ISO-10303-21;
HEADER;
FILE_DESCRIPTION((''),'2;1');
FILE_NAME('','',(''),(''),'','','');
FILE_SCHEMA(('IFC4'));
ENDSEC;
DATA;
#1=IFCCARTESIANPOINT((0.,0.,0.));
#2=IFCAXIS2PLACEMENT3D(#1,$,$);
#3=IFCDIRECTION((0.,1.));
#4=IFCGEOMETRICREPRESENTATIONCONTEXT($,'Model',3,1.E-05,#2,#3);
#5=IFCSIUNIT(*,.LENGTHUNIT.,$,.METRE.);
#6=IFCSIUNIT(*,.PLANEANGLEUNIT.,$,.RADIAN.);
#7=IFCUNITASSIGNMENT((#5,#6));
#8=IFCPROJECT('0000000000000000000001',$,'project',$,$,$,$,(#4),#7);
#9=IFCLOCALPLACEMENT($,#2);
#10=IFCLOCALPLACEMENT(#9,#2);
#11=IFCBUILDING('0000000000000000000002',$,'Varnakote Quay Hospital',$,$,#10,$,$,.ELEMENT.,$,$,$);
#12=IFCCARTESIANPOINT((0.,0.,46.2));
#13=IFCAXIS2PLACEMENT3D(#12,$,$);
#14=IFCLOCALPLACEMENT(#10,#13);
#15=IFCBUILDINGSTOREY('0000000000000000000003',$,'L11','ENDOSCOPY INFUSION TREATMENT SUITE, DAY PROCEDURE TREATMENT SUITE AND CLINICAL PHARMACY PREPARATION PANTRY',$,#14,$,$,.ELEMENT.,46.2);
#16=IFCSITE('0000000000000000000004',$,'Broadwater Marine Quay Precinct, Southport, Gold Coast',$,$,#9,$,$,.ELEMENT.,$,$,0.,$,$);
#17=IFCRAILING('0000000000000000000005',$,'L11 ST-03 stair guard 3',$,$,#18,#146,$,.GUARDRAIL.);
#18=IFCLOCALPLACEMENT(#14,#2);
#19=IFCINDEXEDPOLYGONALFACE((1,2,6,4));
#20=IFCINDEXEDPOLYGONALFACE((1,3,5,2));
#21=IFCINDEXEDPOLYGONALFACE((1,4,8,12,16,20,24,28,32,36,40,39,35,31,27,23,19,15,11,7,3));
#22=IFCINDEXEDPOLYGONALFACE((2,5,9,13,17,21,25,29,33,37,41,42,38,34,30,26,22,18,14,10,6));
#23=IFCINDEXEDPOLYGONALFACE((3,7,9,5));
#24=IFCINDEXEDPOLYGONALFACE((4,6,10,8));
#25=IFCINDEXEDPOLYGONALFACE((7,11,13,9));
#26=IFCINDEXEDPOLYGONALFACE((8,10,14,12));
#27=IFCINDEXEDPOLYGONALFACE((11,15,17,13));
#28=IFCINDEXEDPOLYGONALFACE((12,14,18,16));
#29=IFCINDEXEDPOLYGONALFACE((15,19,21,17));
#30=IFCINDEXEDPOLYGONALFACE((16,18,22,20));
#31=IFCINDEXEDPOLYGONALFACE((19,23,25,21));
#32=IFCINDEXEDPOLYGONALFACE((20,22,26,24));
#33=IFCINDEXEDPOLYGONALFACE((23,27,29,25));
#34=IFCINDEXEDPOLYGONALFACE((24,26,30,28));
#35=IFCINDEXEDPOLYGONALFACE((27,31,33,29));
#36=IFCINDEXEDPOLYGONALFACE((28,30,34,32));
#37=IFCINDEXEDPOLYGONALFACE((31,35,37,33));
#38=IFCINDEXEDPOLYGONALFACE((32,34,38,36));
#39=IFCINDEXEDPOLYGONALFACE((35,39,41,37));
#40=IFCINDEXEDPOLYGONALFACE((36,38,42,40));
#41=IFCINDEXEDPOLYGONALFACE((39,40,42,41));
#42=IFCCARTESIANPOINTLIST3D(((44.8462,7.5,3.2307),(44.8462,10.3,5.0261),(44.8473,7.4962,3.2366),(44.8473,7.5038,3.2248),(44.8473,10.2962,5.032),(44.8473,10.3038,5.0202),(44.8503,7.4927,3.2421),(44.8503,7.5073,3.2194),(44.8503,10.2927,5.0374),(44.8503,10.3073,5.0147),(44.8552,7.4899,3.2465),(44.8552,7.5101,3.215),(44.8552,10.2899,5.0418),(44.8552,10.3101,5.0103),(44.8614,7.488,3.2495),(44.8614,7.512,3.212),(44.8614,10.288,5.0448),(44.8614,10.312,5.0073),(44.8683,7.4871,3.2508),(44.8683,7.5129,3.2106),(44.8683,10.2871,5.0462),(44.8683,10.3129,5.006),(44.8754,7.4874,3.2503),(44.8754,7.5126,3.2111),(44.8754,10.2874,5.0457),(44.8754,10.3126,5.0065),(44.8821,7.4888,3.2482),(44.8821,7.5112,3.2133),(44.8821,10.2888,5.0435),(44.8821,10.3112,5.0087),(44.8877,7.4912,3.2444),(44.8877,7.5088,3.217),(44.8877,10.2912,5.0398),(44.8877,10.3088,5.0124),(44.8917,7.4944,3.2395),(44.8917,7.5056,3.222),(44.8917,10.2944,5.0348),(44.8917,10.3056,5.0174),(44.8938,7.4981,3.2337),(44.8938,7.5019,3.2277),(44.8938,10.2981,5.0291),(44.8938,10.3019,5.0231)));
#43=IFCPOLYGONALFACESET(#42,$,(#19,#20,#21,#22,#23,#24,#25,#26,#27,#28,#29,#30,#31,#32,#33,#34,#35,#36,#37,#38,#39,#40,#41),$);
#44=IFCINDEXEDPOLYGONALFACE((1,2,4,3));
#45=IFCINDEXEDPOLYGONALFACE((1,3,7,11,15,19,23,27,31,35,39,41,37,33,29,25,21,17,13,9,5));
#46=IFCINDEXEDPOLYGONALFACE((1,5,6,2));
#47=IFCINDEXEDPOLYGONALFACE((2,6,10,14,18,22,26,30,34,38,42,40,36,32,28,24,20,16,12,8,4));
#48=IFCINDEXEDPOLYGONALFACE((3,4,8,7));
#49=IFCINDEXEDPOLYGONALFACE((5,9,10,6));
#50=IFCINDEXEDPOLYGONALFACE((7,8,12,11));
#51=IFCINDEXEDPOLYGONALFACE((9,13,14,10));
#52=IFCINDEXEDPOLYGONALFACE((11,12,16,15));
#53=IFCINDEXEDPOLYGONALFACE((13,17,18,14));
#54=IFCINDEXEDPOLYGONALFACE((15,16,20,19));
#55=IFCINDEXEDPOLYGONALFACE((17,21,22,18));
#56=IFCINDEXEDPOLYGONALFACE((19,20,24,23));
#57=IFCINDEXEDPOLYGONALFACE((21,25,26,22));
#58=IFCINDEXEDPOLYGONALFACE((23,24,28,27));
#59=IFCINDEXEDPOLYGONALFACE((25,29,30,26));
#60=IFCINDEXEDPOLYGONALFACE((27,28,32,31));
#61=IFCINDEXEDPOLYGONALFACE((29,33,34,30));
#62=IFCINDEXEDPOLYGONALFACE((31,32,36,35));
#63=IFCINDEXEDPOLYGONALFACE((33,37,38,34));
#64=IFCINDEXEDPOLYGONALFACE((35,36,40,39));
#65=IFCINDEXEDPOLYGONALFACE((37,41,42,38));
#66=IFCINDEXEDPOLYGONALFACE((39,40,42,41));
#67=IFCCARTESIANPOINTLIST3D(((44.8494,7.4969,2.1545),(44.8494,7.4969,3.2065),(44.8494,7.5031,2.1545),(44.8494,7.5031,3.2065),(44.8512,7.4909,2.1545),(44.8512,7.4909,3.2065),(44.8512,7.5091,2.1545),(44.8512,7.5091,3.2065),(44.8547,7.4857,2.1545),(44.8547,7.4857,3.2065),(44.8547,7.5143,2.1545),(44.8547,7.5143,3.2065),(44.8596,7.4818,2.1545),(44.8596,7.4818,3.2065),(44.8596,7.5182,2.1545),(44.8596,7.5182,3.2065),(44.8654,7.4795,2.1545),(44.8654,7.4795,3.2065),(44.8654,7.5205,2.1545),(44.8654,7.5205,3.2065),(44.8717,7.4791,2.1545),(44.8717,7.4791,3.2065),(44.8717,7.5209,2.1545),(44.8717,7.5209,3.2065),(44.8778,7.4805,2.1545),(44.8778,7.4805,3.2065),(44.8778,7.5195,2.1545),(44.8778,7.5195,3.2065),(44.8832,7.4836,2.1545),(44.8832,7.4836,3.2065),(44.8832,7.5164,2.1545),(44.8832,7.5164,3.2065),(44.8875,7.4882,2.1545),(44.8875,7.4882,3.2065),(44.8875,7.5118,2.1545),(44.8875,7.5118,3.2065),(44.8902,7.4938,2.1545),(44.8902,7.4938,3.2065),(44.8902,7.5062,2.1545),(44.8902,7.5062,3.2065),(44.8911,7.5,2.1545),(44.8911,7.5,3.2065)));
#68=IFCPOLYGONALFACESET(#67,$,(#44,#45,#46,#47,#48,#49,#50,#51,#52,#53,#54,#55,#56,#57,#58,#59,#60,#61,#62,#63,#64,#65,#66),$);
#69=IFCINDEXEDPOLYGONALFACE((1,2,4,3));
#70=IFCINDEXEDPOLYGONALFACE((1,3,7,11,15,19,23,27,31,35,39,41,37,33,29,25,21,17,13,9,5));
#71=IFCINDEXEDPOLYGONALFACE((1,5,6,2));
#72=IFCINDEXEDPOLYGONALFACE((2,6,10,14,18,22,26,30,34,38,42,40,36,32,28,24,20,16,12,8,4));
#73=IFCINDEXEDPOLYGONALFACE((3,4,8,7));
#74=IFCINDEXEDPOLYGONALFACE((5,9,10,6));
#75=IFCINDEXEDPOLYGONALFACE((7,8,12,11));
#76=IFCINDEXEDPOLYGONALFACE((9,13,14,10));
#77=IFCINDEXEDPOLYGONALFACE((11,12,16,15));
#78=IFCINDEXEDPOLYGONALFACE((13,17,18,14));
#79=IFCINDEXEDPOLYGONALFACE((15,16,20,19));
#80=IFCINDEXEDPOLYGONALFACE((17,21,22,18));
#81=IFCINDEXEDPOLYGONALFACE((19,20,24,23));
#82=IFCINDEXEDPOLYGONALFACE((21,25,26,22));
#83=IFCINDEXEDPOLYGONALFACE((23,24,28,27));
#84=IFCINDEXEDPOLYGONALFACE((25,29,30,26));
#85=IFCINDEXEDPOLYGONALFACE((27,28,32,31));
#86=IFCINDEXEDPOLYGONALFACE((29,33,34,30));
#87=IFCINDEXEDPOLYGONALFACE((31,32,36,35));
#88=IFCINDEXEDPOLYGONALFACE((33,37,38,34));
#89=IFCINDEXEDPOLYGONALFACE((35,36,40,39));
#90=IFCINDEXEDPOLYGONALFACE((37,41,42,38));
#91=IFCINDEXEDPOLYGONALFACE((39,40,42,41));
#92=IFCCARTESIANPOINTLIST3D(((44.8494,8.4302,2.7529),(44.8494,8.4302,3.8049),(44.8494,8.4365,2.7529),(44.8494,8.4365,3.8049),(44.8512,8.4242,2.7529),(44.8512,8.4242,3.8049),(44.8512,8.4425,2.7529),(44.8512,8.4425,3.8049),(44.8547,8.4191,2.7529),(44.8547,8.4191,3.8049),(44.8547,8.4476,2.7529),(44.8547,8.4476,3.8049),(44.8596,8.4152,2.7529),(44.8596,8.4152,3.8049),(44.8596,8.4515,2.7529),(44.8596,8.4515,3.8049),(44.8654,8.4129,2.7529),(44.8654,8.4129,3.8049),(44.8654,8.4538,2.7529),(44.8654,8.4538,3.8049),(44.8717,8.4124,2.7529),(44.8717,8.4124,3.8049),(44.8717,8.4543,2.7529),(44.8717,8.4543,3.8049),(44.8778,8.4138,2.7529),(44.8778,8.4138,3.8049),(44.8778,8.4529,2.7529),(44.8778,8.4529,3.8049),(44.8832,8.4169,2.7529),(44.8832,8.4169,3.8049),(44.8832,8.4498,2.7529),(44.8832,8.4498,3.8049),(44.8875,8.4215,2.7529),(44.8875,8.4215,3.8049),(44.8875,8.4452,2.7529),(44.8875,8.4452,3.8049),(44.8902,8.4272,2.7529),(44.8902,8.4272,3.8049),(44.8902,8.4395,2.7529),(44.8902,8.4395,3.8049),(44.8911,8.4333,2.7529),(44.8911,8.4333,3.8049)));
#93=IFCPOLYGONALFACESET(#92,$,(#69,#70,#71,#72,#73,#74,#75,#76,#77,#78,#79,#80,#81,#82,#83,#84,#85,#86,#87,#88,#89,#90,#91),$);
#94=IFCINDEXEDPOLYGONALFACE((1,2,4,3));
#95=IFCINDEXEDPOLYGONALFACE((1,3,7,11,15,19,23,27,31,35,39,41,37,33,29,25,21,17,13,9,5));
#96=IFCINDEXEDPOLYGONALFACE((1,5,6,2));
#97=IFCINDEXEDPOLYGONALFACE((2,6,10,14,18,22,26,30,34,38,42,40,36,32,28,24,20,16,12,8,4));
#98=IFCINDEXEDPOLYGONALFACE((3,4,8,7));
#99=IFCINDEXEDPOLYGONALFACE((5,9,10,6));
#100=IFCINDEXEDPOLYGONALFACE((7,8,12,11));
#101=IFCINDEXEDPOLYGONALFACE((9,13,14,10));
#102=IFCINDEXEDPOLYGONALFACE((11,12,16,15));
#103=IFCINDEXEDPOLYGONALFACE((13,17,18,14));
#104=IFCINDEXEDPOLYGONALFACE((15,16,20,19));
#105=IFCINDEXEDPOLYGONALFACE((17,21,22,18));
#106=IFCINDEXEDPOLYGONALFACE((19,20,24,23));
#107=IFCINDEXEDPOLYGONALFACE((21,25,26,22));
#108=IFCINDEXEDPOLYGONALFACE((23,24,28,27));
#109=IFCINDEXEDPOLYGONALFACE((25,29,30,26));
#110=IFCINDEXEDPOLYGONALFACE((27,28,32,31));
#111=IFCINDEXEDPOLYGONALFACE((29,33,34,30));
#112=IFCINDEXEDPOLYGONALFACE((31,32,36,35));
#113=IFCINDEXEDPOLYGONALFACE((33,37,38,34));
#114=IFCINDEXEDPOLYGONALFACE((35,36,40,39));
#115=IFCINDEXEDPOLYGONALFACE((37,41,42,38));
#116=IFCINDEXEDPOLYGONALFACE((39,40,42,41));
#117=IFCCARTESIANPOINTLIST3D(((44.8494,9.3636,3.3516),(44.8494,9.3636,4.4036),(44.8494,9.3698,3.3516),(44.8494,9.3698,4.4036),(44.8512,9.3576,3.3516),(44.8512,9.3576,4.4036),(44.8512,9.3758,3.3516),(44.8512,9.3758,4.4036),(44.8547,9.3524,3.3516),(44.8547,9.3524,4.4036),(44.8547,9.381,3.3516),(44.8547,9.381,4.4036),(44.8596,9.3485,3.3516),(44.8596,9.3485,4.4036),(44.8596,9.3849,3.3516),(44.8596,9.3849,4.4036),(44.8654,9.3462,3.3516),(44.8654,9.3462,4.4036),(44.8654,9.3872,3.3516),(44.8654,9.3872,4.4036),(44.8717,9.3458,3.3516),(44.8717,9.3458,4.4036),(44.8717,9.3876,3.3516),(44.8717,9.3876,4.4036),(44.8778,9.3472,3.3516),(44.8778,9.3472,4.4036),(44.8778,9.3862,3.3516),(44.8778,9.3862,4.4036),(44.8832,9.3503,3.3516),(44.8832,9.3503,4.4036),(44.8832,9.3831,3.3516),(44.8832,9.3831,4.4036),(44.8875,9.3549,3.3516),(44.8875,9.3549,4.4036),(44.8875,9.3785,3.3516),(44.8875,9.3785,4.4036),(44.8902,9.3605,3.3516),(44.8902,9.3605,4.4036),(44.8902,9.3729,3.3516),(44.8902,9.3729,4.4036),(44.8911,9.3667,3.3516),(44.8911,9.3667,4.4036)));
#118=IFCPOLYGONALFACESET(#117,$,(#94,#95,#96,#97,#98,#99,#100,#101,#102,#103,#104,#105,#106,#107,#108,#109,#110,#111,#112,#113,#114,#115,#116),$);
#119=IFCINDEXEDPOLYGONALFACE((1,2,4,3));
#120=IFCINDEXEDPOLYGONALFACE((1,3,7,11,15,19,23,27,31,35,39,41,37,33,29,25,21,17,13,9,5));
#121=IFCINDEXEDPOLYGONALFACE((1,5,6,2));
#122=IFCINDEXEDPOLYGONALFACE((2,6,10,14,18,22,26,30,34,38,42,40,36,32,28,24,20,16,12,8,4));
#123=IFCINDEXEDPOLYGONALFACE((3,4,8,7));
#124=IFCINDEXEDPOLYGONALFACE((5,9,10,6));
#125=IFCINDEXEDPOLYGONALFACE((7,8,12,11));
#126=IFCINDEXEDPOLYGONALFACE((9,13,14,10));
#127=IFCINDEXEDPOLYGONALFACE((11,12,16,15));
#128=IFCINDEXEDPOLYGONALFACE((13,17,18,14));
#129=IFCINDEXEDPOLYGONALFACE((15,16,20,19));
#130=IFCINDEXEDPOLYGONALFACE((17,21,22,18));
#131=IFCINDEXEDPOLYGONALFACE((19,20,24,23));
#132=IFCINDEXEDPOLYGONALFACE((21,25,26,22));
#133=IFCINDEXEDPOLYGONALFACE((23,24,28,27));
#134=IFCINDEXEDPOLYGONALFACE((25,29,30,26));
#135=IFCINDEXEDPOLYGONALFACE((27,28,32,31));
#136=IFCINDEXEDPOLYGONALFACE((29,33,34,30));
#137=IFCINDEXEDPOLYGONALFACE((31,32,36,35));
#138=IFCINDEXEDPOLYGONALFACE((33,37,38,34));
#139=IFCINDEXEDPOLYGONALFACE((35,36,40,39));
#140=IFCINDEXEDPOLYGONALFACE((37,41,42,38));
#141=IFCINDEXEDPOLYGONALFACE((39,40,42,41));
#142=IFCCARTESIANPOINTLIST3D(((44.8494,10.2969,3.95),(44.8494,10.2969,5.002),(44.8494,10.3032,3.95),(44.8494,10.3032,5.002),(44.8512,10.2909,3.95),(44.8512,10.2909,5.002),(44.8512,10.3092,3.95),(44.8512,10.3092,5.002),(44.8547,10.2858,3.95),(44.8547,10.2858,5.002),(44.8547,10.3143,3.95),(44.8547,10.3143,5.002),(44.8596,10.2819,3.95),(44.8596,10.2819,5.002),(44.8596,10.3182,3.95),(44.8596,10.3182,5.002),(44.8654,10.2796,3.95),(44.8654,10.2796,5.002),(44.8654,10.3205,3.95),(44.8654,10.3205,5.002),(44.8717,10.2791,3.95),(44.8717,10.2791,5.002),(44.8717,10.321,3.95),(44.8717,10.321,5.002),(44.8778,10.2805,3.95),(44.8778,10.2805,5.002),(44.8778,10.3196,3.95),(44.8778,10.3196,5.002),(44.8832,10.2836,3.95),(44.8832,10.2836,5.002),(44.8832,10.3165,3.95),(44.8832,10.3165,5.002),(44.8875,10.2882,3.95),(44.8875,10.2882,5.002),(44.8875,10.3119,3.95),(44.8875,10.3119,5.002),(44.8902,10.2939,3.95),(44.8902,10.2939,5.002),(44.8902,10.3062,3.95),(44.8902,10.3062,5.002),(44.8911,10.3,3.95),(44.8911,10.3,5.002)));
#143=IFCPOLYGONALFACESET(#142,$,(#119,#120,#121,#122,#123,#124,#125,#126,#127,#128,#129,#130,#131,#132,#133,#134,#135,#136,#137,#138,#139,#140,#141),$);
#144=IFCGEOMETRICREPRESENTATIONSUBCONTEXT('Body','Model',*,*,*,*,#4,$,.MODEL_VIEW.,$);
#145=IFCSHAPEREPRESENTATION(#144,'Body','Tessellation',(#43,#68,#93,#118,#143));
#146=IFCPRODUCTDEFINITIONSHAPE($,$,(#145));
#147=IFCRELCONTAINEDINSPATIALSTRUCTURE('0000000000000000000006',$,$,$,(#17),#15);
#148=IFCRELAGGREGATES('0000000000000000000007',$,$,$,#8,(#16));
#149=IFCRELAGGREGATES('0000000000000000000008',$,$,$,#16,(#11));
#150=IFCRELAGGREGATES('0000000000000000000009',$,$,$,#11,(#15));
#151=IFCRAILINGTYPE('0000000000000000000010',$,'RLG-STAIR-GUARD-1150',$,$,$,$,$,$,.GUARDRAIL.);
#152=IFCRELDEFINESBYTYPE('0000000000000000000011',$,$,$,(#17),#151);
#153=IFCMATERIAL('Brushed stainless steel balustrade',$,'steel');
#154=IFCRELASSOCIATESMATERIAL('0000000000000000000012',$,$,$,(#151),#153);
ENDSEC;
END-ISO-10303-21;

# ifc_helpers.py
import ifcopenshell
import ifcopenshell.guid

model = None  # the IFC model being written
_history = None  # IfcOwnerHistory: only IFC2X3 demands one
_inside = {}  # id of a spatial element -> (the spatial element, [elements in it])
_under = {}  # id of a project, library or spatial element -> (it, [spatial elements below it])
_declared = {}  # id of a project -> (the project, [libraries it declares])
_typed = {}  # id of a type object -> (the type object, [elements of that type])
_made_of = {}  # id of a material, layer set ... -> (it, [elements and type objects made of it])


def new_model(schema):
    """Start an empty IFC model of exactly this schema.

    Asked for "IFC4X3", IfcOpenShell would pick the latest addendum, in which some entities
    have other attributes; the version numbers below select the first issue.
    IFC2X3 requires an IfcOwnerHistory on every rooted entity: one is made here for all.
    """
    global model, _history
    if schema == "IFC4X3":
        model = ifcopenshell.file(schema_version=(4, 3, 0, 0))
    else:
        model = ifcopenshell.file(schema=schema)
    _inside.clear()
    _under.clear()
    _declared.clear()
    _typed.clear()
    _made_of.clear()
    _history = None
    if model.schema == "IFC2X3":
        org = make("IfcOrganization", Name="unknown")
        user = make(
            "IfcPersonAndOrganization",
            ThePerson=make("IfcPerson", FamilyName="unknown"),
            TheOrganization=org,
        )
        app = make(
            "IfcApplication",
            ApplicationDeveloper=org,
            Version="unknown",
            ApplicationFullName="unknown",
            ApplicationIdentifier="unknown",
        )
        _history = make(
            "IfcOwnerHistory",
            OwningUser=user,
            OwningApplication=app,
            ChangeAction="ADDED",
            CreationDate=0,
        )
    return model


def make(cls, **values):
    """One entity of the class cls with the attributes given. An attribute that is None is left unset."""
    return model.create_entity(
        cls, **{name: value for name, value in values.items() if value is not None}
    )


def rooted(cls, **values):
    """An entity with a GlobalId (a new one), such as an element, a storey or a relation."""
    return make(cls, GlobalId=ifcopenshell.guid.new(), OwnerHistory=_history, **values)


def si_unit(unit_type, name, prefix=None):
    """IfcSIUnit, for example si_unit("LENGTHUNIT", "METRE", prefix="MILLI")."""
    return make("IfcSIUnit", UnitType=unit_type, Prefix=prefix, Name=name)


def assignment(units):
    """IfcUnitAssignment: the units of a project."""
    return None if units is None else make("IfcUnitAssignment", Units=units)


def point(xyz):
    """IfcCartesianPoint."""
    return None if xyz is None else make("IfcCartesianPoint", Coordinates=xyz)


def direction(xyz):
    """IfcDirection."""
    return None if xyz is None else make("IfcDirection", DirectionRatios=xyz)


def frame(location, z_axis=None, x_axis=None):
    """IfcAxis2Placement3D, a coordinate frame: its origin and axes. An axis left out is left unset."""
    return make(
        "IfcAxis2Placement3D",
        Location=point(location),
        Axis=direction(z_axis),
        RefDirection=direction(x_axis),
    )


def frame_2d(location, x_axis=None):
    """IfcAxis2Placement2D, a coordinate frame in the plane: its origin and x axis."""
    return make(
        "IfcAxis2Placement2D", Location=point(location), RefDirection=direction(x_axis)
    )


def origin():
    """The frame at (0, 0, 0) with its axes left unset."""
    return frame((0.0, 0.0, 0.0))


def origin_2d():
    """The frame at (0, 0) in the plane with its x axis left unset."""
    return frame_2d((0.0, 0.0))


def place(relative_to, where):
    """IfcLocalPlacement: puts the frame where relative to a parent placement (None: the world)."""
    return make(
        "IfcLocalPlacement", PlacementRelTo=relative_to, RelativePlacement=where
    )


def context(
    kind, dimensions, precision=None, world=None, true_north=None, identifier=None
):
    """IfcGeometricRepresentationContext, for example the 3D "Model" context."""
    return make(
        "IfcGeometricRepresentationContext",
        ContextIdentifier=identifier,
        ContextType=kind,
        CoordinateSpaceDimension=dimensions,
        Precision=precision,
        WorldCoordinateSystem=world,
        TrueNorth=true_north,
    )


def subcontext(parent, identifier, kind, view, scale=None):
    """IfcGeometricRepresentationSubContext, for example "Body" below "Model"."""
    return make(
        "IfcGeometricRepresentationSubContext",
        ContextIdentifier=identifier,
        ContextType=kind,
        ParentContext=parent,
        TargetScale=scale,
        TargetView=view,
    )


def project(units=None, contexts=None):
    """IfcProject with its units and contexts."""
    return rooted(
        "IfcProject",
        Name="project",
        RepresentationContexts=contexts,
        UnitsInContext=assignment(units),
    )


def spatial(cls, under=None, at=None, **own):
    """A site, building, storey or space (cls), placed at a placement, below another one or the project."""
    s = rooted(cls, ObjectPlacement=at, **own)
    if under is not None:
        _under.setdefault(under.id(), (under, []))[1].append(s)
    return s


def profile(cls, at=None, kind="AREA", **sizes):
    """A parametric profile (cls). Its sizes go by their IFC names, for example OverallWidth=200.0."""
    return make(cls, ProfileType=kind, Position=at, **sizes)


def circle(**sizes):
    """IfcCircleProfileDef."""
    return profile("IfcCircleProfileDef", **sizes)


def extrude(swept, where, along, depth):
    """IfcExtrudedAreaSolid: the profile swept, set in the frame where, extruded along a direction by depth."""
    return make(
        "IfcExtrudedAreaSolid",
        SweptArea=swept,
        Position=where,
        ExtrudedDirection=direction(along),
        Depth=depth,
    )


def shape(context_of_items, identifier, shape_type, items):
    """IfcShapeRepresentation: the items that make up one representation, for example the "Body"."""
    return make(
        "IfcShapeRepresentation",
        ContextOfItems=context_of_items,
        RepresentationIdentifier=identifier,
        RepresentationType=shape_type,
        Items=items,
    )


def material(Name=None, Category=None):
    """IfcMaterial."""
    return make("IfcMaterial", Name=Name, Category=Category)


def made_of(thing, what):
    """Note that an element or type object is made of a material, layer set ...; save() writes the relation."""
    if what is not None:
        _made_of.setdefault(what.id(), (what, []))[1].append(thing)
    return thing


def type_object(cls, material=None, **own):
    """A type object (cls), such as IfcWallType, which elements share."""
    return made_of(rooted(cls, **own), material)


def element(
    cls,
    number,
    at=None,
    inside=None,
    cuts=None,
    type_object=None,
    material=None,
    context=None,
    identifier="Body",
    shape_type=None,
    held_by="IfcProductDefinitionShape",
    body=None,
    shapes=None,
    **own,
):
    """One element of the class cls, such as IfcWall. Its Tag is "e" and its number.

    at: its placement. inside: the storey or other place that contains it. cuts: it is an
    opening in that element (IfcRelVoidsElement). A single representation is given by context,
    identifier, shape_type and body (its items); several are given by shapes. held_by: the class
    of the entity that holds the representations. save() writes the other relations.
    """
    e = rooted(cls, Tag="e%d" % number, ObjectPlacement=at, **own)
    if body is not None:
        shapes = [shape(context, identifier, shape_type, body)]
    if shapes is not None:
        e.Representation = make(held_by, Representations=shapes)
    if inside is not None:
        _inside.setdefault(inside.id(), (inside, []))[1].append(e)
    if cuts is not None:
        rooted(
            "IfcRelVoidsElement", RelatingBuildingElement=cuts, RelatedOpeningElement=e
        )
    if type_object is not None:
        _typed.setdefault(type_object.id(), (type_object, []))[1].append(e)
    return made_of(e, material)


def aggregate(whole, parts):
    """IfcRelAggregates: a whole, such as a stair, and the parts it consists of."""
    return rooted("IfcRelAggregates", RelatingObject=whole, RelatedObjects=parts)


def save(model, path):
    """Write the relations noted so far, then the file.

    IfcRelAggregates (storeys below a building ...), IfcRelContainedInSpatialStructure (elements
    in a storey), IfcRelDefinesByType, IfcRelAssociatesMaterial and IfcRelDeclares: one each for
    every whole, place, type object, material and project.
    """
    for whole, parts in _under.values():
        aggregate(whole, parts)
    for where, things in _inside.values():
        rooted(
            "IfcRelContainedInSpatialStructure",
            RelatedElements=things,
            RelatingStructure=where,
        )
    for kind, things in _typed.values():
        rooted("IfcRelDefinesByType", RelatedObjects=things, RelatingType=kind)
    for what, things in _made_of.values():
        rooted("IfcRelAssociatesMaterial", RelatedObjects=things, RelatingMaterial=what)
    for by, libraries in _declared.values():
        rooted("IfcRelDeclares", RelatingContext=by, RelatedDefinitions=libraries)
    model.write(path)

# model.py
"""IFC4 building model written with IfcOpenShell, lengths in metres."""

from ifc_helpers import new_model, si_unit, direction, frame, origin, origin_2d, place, context, subcontext, project, spatial, circle, extrude, material, type_object, element, save


model = new_model("IFC4")

# Units and contexts
model_context = context("Model", 3, precision=1e-05, world=origin(), true_north=direction((0.0, 1.0)))
body_context = subcontext(model_context, "Body", "Model", "MODEL_VIEW")
ifc_project = project(units=[si_unit("LENGTHUNIT", "METRE"), si_unit("PLANEANGLEUNIT", "RADIAN")], contexts=[model_context])

# Site, building, storey
site_placement = place(None, origin())
site = spatial("IfcSite", under=ifc_project, at=site_placement, Name="Broadwater Marine Quay Precinct, Southport, Gold Coast", CompositionType="ELEMENT", RefElevation=0.0)
building_placement = place(site_placement, origin())
building = spatial("IfcBuilding", under=site, at=building_placement, Name="Varnakote Quay Hospital", CompositionType="ELEMENT")
storey_placement = place(building_placement, frame((0.0, 0.0, 46.2)))
storey = spatial("IfcBuildingStorey", under=building, at=storey_placement, Name="L11", Description="ENDOSCOPY INFUSION TREATMENT SUITE, DAY PROCEDURE TREATMENT SUITE AND CLINICAL PHARMACY PREPARATION PANTRY", CompositionType="ELEMENT", Elevation=46.2)

# Railing
ifc_material_1 = material(Name="Brushed stainless steel balustrade", Category="steel")
railing_type_1 = type_object("IfcRailingType", Name="RLG-STAIR-GUARD-1150", PredefinedType="GUARDRAIL", material=ifc_material_1)
railing_1_placement = place(storey_placement, frame((44.8701, 7.5, 2.1545)))
element("IfcRailing", 1, at=railing_1_placement, inside=storey, type_object=railing_type_1, Name="L11 ST-03 stair guard 3", PredefinedType="GUARDRAIL", context=body_context, shape_type="SweptSolid", body=[
    extrude(circle(Radius=0.0239, at=origin_2d()), frame((0.0, 0.0, 1.0762), z_axis=(0.0, 0.84181, 0.539774), x_axis=(-1.0, 0.0, 0.0)), (0.0, 0.0, 1.0), 3.3262),
    extrude(circle(Radius=0.021, at=origin_2d()), origin(), (0.0, 0.0, 1.0), 1.052),
    extrude(circle(Radius=0.021, at=origin_2d()), frame((0.0, 0.9333, 0.5984)), (0.0, 0.0, 1.0), 1.052),
    extrude(circle(Radius=0.021, at=origin_2d()), frame((0.0, 1.8667, 1.197)), (0.0, 0.0, 1.0), 1.052),
    extrude(circle(Radius=0.021, at=origin_2d()), frame((0.0, 2.8, 1.7954)), (0.0, 0.0, 1.0), 1.052),
])

save(model, "model.ifc")
